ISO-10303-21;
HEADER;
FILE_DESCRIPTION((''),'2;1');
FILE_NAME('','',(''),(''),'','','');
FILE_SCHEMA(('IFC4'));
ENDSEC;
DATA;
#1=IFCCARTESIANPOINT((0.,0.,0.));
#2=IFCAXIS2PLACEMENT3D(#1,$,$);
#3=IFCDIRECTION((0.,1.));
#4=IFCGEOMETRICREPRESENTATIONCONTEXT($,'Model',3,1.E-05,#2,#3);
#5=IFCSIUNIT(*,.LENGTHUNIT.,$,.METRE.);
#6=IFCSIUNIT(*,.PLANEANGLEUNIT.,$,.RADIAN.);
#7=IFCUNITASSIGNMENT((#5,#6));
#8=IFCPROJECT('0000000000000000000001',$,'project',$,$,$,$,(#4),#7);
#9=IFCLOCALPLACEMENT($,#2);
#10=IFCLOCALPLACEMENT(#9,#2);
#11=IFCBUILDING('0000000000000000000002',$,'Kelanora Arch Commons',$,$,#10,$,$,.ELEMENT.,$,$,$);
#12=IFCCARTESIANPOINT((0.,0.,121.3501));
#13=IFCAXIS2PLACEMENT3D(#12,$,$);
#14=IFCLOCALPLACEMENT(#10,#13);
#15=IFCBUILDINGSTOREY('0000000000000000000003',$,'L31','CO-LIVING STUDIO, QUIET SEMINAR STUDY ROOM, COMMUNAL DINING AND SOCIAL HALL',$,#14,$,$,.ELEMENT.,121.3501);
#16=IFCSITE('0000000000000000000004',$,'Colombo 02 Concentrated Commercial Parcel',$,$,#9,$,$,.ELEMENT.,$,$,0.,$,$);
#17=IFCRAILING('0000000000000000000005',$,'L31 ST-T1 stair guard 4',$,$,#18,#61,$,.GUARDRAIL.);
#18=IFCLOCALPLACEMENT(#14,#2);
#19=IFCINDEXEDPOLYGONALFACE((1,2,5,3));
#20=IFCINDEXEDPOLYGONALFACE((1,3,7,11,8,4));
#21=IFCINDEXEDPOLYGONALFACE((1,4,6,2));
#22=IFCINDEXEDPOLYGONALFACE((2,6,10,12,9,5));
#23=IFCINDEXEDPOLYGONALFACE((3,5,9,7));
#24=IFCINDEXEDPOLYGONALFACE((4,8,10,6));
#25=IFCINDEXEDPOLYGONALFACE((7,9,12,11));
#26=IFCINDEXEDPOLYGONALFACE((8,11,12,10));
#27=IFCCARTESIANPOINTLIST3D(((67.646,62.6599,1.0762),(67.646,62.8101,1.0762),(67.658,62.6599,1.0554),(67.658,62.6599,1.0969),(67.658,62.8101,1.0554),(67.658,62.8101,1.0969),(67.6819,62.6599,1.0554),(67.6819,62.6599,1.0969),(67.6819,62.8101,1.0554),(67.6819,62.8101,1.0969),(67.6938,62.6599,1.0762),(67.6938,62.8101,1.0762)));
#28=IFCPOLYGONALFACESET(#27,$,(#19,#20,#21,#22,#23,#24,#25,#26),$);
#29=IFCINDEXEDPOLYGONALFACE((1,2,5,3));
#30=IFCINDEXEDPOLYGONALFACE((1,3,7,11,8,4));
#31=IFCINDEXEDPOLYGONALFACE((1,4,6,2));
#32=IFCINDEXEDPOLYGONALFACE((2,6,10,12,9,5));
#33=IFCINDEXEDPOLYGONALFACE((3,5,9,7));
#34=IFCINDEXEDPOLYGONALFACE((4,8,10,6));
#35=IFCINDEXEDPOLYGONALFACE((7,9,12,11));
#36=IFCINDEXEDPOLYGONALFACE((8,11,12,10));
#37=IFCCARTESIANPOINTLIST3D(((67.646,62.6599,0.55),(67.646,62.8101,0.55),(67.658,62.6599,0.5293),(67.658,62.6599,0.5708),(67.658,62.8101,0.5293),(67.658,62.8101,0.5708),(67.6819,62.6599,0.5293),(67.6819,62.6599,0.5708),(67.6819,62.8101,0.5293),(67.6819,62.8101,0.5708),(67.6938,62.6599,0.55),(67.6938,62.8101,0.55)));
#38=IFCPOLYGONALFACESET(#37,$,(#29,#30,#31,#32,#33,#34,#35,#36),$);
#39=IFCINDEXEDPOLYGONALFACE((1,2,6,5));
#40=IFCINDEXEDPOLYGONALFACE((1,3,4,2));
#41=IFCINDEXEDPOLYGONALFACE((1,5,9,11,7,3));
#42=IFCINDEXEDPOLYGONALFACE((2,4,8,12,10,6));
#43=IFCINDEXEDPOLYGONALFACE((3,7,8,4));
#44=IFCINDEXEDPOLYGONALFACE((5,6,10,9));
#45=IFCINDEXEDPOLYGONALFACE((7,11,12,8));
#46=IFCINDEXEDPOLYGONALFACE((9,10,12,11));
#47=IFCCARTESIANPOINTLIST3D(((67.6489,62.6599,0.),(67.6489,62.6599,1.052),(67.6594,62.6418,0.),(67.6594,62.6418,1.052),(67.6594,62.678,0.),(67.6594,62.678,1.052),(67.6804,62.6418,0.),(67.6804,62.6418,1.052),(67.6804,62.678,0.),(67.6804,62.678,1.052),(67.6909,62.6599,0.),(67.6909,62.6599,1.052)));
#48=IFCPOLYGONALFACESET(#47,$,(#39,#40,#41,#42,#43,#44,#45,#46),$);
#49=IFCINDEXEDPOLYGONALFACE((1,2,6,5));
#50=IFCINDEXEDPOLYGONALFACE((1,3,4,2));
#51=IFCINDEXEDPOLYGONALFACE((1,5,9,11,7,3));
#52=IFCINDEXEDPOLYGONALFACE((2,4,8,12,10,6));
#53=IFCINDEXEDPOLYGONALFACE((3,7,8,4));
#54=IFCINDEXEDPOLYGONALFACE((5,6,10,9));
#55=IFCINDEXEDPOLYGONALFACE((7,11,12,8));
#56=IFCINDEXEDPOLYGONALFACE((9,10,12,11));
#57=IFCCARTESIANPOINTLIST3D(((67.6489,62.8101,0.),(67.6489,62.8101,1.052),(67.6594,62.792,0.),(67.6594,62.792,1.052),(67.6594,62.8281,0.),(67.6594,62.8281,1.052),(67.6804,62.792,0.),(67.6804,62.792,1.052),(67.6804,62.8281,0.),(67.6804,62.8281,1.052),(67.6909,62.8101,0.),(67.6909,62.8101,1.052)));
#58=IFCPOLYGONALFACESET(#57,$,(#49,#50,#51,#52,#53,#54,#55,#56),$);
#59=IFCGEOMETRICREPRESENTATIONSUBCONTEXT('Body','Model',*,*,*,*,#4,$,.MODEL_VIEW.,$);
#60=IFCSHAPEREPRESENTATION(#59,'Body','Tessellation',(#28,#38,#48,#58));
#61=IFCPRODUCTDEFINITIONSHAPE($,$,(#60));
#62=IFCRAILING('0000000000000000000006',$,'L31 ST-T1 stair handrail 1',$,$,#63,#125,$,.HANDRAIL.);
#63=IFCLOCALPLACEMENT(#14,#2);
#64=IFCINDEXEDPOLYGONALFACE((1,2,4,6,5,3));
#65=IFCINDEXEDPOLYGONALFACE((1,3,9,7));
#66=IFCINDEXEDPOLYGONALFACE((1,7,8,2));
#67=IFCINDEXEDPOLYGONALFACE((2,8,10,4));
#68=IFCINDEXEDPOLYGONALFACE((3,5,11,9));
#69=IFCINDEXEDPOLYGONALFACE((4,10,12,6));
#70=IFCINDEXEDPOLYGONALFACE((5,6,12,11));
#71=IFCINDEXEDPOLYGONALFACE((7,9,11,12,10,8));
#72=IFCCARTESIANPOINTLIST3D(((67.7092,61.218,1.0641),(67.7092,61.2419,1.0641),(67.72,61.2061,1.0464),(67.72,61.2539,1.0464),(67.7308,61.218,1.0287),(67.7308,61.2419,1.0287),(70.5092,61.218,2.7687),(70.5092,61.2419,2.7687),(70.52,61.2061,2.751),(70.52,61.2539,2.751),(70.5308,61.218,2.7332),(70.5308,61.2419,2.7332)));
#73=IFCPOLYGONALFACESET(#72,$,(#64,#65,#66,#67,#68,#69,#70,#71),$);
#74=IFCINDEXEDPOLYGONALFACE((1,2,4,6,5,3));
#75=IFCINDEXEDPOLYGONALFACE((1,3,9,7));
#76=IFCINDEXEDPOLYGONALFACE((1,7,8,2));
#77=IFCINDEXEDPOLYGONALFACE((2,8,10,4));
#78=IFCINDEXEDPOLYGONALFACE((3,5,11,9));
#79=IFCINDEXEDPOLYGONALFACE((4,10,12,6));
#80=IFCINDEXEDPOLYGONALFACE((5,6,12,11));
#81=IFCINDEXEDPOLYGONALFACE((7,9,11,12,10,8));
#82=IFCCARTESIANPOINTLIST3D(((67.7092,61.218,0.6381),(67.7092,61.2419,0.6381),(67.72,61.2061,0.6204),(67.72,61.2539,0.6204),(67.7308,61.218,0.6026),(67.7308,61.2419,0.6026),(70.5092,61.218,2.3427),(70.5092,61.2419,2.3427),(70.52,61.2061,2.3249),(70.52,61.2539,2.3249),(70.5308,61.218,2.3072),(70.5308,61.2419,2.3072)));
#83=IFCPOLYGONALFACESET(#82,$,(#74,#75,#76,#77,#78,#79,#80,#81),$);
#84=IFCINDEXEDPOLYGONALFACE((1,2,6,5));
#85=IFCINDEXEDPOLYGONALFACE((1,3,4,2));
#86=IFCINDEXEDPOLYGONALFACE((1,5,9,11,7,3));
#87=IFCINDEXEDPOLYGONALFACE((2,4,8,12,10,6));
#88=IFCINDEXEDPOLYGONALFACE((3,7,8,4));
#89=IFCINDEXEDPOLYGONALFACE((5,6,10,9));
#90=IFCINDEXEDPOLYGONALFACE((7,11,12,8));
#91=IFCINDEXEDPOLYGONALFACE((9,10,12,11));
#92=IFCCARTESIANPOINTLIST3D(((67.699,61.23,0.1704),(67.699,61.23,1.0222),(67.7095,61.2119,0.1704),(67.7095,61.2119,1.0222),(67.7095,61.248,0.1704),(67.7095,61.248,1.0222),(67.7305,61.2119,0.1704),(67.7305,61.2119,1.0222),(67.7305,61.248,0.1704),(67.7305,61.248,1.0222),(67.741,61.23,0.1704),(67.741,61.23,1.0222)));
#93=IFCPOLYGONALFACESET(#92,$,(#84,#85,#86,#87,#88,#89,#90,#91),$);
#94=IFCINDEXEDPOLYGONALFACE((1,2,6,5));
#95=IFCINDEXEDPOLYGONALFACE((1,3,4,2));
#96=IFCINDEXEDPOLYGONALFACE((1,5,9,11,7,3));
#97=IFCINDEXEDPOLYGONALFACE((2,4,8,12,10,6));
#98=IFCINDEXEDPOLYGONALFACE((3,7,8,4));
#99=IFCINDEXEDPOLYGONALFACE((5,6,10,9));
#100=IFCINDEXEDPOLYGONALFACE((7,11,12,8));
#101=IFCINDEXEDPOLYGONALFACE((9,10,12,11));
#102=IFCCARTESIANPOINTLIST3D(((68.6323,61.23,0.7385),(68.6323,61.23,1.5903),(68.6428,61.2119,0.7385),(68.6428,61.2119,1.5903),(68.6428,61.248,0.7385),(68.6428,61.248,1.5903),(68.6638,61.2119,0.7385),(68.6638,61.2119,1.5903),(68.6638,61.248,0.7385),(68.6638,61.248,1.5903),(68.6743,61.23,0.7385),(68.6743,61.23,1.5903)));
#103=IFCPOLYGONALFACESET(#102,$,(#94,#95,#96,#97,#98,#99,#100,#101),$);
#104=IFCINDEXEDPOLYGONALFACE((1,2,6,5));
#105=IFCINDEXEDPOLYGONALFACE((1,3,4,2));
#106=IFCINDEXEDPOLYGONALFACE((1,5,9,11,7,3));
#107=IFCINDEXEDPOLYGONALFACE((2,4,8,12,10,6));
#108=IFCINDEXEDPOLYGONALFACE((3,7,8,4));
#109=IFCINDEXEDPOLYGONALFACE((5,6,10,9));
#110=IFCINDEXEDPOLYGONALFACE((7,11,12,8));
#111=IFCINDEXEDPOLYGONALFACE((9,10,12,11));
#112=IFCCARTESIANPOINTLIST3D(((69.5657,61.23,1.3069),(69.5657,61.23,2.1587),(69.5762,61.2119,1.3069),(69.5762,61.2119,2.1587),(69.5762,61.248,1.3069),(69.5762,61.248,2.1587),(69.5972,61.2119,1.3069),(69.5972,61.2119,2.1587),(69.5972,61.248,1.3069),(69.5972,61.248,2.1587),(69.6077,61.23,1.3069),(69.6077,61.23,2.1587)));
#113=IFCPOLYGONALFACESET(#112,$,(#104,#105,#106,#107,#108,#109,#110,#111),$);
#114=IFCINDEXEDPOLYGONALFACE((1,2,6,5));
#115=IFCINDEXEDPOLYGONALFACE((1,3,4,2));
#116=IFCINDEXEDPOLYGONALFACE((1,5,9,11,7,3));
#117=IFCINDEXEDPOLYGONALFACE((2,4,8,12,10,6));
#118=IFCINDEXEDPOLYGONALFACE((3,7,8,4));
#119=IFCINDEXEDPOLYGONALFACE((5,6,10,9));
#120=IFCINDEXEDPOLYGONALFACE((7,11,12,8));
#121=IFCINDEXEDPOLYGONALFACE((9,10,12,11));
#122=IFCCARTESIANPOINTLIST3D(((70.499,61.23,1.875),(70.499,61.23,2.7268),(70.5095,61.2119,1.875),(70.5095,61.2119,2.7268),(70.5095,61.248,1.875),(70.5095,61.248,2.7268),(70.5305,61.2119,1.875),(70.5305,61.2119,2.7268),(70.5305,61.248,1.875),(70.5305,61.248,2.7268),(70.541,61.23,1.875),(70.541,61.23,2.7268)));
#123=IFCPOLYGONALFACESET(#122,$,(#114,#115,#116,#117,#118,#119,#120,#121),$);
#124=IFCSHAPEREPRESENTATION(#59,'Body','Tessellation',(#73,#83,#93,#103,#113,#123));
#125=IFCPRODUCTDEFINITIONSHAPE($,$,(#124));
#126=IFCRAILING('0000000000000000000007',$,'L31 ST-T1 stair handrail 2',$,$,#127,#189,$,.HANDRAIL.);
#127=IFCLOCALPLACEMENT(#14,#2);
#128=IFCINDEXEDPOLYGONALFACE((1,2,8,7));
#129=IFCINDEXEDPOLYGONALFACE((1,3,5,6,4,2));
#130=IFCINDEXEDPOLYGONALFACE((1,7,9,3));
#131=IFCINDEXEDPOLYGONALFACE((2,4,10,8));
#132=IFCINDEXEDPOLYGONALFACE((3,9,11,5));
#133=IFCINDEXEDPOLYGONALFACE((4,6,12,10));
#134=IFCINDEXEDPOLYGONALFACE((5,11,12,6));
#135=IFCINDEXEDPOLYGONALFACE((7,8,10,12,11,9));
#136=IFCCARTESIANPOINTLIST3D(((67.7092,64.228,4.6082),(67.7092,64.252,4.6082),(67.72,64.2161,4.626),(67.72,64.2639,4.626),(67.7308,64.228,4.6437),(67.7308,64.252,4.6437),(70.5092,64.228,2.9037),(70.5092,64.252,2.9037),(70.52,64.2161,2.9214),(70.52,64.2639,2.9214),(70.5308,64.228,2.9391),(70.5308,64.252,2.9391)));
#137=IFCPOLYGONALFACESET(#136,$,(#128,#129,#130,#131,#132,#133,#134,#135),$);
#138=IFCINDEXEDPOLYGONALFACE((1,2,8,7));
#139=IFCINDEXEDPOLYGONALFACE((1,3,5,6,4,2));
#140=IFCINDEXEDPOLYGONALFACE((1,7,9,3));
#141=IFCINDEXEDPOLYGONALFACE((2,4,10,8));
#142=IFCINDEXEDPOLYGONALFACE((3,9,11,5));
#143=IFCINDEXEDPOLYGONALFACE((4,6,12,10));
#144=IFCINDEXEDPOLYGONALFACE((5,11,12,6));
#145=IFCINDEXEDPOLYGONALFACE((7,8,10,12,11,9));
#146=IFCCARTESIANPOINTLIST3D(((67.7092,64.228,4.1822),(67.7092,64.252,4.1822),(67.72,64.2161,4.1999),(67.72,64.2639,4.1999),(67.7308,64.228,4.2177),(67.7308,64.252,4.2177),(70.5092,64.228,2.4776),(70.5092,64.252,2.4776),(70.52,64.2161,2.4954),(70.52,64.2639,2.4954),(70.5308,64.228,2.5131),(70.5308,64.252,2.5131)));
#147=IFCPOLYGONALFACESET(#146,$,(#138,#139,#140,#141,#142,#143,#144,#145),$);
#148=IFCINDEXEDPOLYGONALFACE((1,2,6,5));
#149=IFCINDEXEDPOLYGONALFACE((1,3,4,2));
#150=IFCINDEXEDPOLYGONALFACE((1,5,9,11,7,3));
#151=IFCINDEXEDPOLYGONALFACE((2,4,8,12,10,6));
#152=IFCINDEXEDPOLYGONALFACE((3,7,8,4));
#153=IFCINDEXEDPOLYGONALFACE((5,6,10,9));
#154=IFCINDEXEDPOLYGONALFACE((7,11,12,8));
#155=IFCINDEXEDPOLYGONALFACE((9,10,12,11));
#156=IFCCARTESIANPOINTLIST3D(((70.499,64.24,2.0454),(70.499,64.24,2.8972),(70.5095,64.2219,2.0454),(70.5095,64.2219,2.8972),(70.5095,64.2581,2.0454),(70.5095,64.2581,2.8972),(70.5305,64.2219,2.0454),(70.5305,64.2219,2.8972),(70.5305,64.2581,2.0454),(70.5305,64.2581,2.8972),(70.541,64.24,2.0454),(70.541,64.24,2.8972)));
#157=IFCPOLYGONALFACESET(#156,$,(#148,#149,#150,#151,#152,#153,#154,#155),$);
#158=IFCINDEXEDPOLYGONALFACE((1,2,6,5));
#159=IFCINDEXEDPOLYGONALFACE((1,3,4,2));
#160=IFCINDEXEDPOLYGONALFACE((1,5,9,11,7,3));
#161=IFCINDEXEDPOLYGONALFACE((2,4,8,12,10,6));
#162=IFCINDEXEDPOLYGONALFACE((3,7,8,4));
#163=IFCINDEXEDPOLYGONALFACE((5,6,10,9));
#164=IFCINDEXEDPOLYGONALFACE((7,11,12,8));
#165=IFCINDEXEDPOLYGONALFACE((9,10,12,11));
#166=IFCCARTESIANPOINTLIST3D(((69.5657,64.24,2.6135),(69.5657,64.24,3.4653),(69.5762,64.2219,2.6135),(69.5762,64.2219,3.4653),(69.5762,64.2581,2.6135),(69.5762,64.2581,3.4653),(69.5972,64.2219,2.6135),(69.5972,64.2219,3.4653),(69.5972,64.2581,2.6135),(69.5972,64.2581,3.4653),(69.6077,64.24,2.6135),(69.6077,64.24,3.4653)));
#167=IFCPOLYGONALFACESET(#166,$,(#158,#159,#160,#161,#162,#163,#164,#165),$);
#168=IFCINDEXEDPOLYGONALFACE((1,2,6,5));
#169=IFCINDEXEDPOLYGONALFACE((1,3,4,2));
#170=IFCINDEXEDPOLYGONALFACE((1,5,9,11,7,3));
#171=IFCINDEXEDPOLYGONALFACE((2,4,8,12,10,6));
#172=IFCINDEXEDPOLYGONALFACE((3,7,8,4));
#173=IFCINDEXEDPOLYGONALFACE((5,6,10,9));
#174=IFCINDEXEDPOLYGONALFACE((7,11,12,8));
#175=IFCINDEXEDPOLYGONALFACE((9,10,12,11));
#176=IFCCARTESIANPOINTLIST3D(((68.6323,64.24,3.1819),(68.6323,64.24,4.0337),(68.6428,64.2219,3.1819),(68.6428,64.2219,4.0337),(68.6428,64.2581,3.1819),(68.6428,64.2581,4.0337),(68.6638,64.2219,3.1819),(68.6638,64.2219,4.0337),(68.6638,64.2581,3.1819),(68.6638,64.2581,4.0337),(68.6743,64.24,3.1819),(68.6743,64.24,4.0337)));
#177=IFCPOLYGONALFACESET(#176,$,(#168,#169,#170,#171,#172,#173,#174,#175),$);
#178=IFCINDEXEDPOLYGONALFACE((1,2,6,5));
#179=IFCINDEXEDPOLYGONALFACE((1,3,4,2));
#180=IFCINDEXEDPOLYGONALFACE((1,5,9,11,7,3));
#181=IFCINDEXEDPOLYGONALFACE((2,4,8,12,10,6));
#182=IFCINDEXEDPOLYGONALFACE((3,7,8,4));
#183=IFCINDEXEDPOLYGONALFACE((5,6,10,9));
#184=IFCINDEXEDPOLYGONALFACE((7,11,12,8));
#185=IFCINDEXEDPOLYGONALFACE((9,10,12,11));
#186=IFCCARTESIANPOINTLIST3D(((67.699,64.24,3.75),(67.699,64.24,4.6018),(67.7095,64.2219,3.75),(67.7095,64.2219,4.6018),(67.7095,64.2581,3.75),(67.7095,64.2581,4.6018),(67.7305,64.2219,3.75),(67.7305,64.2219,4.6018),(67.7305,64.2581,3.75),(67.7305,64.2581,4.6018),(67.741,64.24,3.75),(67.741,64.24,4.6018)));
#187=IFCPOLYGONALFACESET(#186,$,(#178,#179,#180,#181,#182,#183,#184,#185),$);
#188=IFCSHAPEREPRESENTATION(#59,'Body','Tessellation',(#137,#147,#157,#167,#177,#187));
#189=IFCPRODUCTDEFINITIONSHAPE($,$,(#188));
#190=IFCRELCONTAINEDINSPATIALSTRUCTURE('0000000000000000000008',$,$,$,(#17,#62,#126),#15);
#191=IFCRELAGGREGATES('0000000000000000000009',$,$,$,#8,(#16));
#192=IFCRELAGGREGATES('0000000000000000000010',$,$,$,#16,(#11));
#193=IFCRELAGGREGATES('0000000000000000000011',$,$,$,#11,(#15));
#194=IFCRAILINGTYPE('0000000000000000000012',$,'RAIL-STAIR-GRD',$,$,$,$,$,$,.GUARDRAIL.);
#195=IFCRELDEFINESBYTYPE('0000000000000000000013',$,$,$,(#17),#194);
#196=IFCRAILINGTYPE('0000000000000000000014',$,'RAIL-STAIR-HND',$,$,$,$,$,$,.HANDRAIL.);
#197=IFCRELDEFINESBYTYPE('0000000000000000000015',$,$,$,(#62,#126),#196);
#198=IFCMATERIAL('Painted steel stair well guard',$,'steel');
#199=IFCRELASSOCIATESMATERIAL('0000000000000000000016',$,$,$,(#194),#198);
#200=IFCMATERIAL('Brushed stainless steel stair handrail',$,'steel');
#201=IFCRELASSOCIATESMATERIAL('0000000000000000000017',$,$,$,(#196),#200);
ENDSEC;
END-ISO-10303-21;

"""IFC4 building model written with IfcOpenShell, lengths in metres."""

from ifc_helpers import new_model, si_unit, direction, frame, origin, place, context, subcontext, project, spatial, polyline, outline, extrude, material, type_object, element, save


model = new_model("IFC4")

# Units and contexts
model_context = context("Model", 3, precision=1e-05, world=origin(), true_north=direction((0.0, 1.0)))
body_context = subcontext(model_context, "Body", "Model", "MODEL_VIEW")
ifc_project = project(units=[si_unit("LENGTHUNIT", "METRE"), si_unit("PLANEANGLEUNIT", "RADIAN")], contexts=[model_context])

# Site, building, storey
site_placement = place(None, origin())
site = spatial("IfcSite", under=ifc_project, at=site_placement, Name="Colombo 02 Concentrated Commercial Parcel", CompositionType="ELEMENT", RefElevation=0.0)
building_placement = place(site_placement, origin())
building = spatial("IfcBuilding", under=site, at=building_placement, Name="Kelanora Arch Commons", CompositionType="ELEMENT")
storey_placement = place(building_placement, frame((0.0, 0.0, 121.3501)))
storey = spatial("IfcBuildingStorey", under=building, at=storey_placement, Name="L31", Description="CO-LIVING STUDIO, QUIET SEMINAR STUDY ROOM, COMMUNAL DINING AND SOCIAL HALL", CompositionType="ELEMENT", Elevation=121.3501)

# Railings
ifc_material_1 = material(Name="Painted steel stair well guard", Category="steel")
railing_type_1 = type_object("IfcRailingType", Name="RAIL-STAIR-GRD", PredefinedType="GUARDRAIL", material=ifc_material_1)
railing_1_placement = place(storey_placement, frame((67.6699, 62.6599, 0.0)))
element("IfcRailing", 1, at=railing_1_placement, inside=storey, type_object=railing_type_1, Name="L31 ST-T1 stair guard 4", PredefinedType="GUARDRAIL", context=body_context, shape_type="SweptSolid", body=[
    extrude(outline(polyline([(0.0239, 0.0), (0.012, 0.0208), (-0.012, 0.0208), (-0.0239, 0.0), (-0.012, -0.0208), (0.012, -0.0208), (0.0239, 0.0)])), frame((0.0, 0.0, 1.0762), z_axis=(0.0, 1.0, 0.0), x_axis=(-1.0, 0.0, 0.0)), (0.0, 0.0, 1.0), 0.1501),
    extrude(outline(polyline([(0.0239, 0.0), (0.012, 0.0208), (-0.012, 0.0208), (-0.0239, 0.0), (-0.012, -0.0208), (0.012, -0.0208), (0.0239, 0.0)])), frame((0.0, 0.0, 0.55), z_axis=(0.0, 1.0, 0.0), x_axis=(-1.0, 0.0, 0.0)), (0.0, 0.0, 1.0), 0.1501),
    extrude(outline(polyline([(0.021, 0.0), (0.0105, 0.0181), (-0.0105, 0.0181), (-0.021, 0.0), (-0.0105, -0.0181), (0.0105, -0.0181), (0.021, 0.0)])), origin(), (0.0, 0.0, 1.0), 1.052),
    extrude(outline(polyline([(0.021, 0.0), (0.0105, 0.0181), (-0.0105, 0.0181), (-0.021, 0.0), (-0.0105, -0.0181), (0.0105, -0.0181), (0.021, 0.0)])), frame((0.0, 0.1501, 0.0)), (0.0, 0.0, 1.0), 1.052),
])
ifc_material_2 = material(Name="Brushed stainless steel stair handrail", Category="steel")
railing_type_2 = type_object("IfcRailingType", Name="RAIL-STAIR-HND", PredefinedType="HANDRAIL", material=ifc_material_2)
railing_2_placement = place(storey_placement, frame((67.72, 61.23, 0.1704)))
element("IfcRailing", 2, at=railing_2_placement, inside=storey, type_object=railing_type_2, Name="L31 ST-T1 stair handrail 1", PredefinedType="HANDRAIL", context=body_context, shape_type="SweptSolid", body=[
    extrude(outline(polyline([(0.0239, 0.0), (0.012, 0.0208), (-0.012, 0.0208), (-0.0239, 0.0), (-0.012, -0.0208), (0.012, -0.0208), (0.0239, 0.0)])), frame((0.0, 0.0, 0.876), z_axis=(0.85417, 0.0, 0.519994), x_axis=(0.0, 1.0, 0.0)), (0.0, 0.0, 1.0), 3.2781),
    extrude(outline(polyline([(0.0239, 0.0), (0.012, 0.0208), (-0.012, 0.0208), (-0.0239, 0.0), (-0.012, -0.0208), (0.012, -0.0208), (0.0239, 0.0)])), frame((0.0, 0.0, 0.45), z_axis=(0.85417, 0.0, 0.519994), x_axis=(0.0, 1.0, 0.0)), (0.0, 0.0, 1.0), 3.2781),
    extrude(outline(polyline([(0.021, 0.0), (0.0105, 0.0181), (-0.0105, 0.0181), (-0.021, 0.0), (-0.0105, -0.0181), (0.0105, -0.0181), (0.021, 0.0)])), origin(), (0.0, 0.0, 1.0), 0.8518),
    extrude(outline(polyline([(0.021, 0.0), (0.0105, 0.0181), (-0.0105, 0.0181), (-0.021, 0.0), (-0.0105, -0.0181), (0.0105, -0.0181), (0.021, 0.0)])), frame((0.9333, 0.0, 0.5681)), (0.0, 0.0, 1.0), 0.8518),
    extrude(outline(polyline([(0.021, 0.0), (0.0105, 0.0181), (-0.0105, 0.0181), (-0.021, 0.0), (-0.0105, -0.0181), (0.0105, -0.0181), (0.021, 0.0)])), frame((1.8667, 0.0, 1.1365)), (0.0, 0.0, 1.0), 0.8518),
    extrude(outline(polyline([(0.021, 0.0), (0.0105, 0.0181), (-0.0105, 0.0181), (-0.021, 0.0), (-0.0105, -0.0181), (0.0105, -0.0181), (0.021, 0.0)])), frame((2.8, 0.0, 1.7046)), (0.0, 0.0, 1.0), 0.8518),
])
railing_3_placement = place(storey_placement, frame((70.52, 64.24, 2.0454)))
element("IfcRailing", 3, at=railing_3_placement, inside=storey, type_object=railing_type_2, Name="L31 ST-T1 stair handrail 2", PredefinedType="HANDRAIL", context=body_context, shape_type="SweptSolid", body=[
    extrude(outline(polyline([(0.0239, 0.0), (0.012, 0.0208), (-0.012, 0.0208), (-0.0239, 0.0), (-0.012, -0.0208), (0.012, -0.0208), (0.0239, 0.0)])), frame((0.0, 0.0, 0.876), z_axis=(-0.85417, 0.0, 0.519994), x_axis=(0.0, -1.0, 0.0)), (0.0, 0.0, 1.0), 3.2781),
    extrude(outline(polyline([(0.0239, 0.0), (0.012, 0.0208), (-0.012, 0.0208), (-0.0239, 0.0), (-0.012, -0.0208), (0.012, -0.0208), (0.0239, 0.0)])), frame((0.0, 0.0, 0.45), z_axis=(-0.85417, 0.0, 0.519994), x_axis=(0.0, -1.0, 0.0)), (0.0, 0.0, 1.0), 3.2781),
    extrude(outline(polyline([(0.021, 0.0), (0.0105, 0.0181), (-0.0105, 0.0181), (-0.021, 0.0), (-0.0105, -0.0181), (0.0105, -0.0181), (0.021, 0.0)])), origin(), (0.0, 0.0, 1.0), 0.8518),
    extrude(outline(polyline([(0.021, 0.0), (0.0105, 0.0181), (-0.0105, 0.0181), (-0.021, 0.0), (-0.0105, -0.0181), (0.0105, -0.0181), (0.021, 0.0)])), frame((-0.9333, 0.0, 0.5681)), (0.0, 0.0, 1.0), 0.8518),
    extrude(outline(polyline([(0.021, 0.0), (0.0105, 0.0181), (-0.0105, 0.0181), (-0.021, 0.0), (-0.0105, -0.0181), (0.0105, -0.0181), (0.021, 0.0)])), frame((-1.8667, 0.0, 1.1365)), (0.0, 0.0, 1.0), 0.8518),
    extrude(outline(polyline([(0.021, 0.0), (0.0105, 0.0181), (-0.0105, 0.0181), (-0.021, 0.0), (-0.0105, -0.0181), (0.0105, -0.0181), (0.021, 0.0)])), frame((-2.8, 0.0, 1.7046)), (0.0, 0.0, 1.0), 0.8518),
])

save(model, "model.ifc")
